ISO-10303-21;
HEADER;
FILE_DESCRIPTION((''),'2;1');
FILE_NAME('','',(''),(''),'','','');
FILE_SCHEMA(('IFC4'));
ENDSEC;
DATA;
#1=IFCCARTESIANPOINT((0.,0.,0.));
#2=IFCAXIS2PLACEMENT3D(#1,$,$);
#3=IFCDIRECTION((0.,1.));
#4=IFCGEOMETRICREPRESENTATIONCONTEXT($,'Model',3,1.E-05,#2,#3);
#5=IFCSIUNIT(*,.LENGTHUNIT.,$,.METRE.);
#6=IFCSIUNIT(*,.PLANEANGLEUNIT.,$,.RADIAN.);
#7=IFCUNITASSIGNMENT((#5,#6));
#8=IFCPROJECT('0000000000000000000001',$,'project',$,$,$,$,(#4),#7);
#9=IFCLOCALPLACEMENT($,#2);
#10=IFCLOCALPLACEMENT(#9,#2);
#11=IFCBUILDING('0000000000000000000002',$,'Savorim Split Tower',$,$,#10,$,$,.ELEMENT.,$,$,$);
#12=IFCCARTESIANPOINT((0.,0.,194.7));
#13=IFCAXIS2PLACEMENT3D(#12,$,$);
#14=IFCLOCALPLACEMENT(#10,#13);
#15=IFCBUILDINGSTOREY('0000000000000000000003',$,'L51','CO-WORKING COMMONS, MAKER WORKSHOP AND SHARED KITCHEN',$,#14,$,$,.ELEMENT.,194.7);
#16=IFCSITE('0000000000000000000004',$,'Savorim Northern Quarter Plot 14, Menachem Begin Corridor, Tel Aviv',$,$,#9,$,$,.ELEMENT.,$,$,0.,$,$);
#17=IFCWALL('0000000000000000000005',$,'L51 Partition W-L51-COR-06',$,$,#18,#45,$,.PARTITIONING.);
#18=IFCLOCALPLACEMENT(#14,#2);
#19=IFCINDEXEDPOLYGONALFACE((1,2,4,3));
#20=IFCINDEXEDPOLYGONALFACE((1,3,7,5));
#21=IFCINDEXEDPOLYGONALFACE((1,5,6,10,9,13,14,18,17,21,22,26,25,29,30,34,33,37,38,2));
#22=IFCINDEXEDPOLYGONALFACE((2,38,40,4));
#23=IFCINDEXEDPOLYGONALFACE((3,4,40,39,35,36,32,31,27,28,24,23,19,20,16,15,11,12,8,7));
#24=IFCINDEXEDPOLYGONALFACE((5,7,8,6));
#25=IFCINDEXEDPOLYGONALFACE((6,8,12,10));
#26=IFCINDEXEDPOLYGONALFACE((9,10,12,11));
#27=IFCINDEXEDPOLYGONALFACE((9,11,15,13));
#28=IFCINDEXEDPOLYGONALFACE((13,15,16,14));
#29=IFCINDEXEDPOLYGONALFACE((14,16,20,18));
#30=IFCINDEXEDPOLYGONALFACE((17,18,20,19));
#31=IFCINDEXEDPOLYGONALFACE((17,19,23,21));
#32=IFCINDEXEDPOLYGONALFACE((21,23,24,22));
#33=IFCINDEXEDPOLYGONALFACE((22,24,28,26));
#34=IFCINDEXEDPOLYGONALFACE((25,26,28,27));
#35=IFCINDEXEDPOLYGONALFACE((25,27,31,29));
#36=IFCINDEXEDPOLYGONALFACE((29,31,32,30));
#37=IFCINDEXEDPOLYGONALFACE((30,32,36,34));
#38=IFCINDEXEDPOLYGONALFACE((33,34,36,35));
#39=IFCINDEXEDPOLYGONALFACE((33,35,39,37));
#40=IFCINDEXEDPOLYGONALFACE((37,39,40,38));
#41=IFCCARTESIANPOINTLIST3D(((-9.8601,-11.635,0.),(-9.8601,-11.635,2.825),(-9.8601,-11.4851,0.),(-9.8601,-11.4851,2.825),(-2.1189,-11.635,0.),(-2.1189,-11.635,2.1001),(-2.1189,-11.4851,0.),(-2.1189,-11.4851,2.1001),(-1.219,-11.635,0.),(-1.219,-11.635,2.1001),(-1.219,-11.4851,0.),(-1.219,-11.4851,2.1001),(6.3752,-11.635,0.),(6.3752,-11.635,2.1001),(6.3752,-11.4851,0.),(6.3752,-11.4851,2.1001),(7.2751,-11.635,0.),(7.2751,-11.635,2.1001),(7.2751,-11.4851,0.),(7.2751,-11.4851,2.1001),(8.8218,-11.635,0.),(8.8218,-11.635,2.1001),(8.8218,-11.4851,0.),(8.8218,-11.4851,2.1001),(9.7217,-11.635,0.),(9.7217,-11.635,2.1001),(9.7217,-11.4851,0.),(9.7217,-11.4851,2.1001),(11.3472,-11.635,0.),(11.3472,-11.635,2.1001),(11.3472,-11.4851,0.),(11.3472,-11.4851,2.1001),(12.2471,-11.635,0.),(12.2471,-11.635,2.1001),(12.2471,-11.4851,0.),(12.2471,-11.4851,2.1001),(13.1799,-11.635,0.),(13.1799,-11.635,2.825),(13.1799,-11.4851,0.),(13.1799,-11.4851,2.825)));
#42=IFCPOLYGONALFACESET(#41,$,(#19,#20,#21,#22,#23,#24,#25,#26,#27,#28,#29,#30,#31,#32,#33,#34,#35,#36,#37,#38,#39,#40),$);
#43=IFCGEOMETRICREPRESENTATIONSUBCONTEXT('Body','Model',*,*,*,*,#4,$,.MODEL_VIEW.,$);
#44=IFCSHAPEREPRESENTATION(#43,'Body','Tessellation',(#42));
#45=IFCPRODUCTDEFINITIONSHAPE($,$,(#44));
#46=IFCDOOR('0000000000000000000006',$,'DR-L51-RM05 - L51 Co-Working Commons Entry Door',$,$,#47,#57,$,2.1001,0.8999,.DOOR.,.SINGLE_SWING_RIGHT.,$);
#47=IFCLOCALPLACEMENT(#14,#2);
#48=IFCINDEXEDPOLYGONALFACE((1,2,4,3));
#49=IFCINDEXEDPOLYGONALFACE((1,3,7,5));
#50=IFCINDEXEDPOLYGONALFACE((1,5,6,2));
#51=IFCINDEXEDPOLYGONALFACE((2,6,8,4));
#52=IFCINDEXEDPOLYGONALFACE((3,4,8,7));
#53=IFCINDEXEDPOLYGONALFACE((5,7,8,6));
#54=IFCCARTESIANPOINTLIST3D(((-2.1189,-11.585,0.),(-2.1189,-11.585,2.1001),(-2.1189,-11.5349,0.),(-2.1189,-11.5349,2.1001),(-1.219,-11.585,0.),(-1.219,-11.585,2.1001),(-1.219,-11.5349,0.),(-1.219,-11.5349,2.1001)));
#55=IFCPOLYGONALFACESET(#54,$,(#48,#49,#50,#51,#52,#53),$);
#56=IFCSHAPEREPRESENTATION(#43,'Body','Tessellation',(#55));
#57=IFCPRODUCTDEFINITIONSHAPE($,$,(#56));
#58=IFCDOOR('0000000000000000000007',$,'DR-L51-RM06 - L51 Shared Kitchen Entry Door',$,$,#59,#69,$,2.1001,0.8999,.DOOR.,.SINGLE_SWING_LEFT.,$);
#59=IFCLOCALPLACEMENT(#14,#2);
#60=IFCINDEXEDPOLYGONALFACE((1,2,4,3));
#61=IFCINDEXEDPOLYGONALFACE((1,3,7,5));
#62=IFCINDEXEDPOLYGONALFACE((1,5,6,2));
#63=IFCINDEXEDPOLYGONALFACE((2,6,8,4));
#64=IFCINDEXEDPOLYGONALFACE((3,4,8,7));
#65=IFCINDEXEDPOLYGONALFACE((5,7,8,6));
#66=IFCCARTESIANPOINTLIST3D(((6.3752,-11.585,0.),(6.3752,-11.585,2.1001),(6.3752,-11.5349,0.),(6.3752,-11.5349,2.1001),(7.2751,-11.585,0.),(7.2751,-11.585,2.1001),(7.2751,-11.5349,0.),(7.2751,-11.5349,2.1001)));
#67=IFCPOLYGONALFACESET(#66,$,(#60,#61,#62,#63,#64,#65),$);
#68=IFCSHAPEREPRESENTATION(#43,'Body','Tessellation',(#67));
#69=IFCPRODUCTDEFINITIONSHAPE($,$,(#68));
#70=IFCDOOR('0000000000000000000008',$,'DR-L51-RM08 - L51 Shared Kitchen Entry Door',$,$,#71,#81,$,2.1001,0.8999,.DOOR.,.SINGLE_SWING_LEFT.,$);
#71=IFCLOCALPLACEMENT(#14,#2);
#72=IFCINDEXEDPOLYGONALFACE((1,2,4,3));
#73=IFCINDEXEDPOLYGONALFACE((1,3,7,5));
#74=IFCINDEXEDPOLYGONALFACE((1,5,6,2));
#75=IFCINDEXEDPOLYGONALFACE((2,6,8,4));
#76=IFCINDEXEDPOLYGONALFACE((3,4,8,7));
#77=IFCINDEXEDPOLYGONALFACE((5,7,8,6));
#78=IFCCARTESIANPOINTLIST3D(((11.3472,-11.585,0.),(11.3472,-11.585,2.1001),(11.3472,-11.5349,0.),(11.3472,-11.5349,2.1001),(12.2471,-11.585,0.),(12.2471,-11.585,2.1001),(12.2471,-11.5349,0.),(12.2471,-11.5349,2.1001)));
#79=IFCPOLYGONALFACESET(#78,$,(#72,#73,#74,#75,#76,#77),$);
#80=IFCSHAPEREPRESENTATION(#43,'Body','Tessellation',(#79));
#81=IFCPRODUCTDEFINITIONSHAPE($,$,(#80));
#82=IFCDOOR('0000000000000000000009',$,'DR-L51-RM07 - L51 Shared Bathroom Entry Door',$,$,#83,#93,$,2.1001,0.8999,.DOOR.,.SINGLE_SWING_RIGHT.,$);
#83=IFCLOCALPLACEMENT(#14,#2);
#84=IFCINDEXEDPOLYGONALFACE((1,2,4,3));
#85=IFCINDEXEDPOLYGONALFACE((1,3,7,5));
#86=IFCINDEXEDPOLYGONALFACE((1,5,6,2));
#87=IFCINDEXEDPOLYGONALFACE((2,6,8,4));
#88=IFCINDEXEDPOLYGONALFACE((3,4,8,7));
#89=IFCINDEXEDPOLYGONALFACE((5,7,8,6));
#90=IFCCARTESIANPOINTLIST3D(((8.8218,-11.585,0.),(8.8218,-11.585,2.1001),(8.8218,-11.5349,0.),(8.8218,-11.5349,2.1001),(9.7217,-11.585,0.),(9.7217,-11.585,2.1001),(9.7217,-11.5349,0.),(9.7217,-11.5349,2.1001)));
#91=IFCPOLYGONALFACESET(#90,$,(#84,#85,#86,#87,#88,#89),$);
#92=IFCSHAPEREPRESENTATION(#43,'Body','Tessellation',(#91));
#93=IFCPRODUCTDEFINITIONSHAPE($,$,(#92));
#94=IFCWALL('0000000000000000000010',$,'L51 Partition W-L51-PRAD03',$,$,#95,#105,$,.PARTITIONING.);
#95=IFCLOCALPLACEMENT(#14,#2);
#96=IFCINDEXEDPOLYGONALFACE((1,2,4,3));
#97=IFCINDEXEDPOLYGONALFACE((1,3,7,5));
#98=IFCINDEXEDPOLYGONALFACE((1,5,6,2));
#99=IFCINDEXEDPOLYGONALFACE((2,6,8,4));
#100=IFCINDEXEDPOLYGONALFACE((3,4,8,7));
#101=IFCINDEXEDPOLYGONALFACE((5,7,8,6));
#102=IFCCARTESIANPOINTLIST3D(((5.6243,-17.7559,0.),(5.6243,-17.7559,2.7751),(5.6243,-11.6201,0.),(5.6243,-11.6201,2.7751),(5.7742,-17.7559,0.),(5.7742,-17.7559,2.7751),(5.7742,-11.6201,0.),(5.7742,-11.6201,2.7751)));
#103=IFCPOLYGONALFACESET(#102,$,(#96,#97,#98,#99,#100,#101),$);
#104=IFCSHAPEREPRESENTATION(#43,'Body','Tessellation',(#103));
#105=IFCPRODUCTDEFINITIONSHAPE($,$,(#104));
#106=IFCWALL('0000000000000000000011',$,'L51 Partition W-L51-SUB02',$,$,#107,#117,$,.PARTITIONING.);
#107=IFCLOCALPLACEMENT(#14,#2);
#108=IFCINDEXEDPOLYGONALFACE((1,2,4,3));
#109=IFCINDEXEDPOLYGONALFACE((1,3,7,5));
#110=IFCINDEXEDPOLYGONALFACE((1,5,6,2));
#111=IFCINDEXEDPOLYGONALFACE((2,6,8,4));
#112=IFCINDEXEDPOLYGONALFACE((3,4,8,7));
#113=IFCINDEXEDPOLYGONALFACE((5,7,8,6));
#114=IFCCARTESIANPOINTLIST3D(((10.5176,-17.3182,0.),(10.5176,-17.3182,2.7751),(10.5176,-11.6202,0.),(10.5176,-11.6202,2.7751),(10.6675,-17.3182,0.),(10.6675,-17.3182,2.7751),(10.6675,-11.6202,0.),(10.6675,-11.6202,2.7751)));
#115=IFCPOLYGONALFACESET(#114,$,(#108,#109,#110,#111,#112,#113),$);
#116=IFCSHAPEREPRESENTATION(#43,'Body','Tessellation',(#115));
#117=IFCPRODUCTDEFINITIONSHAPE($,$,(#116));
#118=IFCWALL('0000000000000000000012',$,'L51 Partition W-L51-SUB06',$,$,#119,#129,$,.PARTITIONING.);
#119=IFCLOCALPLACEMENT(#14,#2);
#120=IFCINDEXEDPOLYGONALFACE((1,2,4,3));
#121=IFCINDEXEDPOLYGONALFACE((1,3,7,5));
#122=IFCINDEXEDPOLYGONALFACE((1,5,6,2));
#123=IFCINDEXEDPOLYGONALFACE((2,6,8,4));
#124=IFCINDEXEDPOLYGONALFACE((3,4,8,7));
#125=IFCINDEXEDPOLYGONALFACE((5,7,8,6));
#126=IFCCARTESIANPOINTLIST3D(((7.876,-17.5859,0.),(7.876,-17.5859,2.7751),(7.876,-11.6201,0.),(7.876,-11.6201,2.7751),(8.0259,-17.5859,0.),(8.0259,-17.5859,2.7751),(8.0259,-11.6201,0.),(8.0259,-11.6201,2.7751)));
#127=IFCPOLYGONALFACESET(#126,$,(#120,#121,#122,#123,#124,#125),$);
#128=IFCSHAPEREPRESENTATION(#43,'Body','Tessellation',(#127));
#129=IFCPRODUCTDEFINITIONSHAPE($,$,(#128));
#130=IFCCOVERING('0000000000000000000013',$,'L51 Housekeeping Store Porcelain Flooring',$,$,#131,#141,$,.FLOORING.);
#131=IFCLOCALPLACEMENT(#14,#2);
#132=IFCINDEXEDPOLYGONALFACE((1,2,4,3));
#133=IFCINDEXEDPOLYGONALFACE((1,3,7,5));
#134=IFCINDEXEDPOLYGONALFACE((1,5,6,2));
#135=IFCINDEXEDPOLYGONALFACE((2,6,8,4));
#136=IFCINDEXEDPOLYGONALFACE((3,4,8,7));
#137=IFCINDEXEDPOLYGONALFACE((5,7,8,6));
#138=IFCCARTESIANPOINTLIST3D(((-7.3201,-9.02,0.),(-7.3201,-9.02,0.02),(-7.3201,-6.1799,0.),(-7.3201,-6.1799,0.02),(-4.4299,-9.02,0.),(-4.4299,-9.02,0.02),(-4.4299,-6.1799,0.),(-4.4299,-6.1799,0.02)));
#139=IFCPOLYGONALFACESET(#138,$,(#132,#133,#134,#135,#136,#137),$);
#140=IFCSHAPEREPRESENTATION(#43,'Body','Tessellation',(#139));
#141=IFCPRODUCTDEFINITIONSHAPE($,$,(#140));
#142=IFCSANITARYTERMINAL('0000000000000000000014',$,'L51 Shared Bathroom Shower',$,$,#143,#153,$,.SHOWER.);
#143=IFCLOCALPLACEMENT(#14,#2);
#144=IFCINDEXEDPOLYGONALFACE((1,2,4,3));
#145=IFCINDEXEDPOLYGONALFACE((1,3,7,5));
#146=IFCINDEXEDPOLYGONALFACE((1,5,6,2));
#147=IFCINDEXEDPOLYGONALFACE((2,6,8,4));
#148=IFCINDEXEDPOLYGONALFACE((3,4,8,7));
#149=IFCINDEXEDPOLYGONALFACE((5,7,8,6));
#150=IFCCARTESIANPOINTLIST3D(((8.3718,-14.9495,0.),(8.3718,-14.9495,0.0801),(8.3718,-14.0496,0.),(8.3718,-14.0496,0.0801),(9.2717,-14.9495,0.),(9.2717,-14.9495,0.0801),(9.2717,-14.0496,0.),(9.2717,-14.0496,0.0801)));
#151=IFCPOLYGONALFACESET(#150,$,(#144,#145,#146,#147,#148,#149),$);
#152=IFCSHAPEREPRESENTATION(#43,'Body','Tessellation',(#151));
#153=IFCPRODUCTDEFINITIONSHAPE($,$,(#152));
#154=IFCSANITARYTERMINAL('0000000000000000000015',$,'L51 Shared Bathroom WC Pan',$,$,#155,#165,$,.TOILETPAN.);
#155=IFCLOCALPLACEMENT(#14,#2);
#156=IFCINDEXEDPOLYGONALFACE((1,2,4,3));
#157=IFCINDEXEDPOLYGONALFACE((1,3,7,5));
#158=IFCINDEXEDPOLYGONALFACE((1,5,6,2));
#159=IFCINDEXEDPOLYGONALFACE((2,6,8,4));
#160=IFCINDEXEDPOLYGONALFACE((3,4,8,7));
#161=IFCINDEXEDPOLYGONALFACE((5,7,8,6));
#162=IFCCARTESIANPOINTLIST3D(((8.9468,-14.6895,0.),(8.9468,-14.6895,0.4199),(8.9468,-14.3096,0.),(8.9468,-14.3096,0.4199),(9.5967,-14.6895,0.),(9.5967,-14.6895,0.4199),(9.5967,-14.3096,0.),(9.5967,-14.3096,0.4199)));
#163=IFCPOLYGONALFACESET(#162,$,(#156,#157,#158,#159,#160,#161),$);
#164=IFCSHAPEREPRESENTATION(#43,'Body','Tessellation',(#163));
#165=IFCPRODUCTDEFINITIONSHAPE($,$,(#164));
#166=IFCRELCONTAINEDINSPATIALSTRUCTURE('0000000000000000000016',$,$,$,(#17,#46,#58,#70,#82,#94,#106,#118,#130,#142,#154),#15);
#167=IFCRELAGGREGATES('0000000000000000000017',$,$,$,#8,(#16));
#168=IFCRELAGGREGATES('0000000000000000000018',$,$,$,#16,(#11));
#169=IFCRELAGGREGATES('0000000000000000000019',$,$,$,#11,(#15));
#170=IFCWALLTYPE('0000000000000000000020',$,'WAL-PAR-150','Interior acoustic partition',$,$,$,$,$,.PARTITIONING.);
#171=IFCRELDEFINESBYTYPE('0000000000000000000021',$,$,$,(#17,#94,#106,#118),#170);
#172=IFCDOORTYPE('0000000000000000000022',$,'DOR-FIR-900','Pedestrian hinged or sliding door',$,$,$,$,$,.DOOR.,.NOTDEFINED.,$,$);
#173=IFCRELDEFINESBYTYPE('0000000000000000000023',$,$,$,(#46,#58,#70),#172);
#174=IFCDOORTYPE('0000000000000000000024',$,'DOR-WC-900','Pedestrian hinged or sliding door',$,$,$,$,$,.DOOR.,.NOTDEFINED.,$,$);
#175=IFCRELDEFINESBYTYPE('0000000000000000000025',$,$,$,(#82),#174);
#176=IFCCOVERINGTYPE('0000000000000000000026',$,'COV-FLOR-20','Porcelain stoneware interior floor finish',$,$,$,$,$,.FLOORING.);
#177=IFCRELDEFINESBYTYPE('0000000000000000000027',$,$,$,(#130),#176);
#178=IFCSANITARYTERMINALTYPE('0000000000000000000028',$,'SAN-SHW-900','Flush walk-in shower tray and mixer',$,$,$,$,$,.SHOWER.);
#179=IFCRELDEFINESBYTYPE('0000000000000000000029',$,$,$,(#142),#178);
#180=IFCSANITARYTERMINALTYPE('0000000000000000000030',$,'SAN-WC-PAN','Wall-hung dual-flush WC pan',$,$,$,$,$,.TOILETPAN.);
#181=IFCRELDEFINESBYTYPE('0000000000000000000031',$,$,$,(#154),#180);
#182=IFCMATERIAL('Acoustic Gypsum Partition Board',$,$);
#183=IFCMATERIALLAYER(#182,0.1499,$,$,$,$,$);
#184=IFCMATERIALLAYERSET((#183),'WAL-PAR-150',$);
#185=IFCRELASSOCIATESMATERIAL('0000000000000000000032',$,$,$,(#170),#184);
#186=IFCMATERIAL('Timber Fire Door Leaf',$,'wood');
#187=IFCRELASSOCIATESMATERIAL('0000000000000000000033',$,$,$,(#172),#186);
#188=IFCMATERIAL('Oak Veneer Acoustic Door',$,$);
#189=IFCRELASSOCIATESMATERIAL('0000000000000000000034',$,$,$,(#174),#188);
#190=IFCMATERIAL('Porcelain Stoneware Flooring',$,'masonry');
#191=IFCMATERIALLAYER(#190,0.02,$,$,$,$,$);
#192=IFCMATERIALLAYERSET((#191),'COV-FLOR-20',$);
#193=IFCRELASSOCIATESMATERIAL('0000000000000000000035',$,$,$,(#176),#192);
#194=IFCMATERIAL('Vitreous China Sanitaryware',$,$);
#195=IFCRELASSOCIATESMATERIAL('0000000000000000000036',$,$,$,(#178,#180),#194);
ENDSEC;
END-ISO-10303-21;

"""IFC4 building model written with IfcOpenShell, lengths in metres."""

from ifc_helpers import new_model, si_unit, direction, frame, frame_2d, origin, origin_2d, place, context, subcontext, project, spatial, polyline, rectangle, outline, extrude, material, layer, layer_set, type_object, element, fill, save


model = new_model("IFC4")

# Units and contexts
model_context = context("Model", 3, precision=1e-05, world=origin(), true_north=direction((0.0, 1.0)))
body_context = subcontext(model_context, "Body", "Model", "MODEL_VIEW")
ifc_project = project(units=[si_unit("LENGTHUNIT", "METRE"), si_unit("PLANEANGLEUNIT", "RADIAN")], contexts=[model_context])

# Site, building, storey
site_placement = place(None, origin())
site = spatial("IfcSite", under=ifc_project, at=site_placement, Name="Savorim Northern Quarter Plot 14, Menachem Begin Corridor, Tel Aviv", CompositionType="ELEMENT", RefElevation=0.0)
building_placement = place(site_placement, origin())
building = spatial("IfcBuilding", under=site, at=building_placement, Name="Savorim Split Tower", CompositionType="ELEMENT")
storey_placement = place(building_placement, frame((0.0, 0.0, 194.7)))
storey = spatial("IfcBuildingStorey", under=building, at=storey_placement, Name="L51", Description="CO-WORKING COMMONS, MAKER WORKSHOP AND SHARED KITCHEN", CompositionType="ELEMENT", Elevation=194.7)

# Shared definitions
ifc_material_1 = material(Name="Timber Fire Door Leaf", Category="wood")

# Shared definitions
ifc_material_2 = material(Name="Acoustic Gypsum Partition Board")
ifc_layer_1 = layer(ifc_material_2, 0.1499)
ifc_layer_set_1 = layer_set([ifc_layer_1], Name="WAL-PAR-150")
wall_type_1 = type_object("IfcWallType", Name="WAL-PAR-150", Description="Interior acoustic partition", PredefinedType="PARTITIONING", material=ifc_layer_set_1)
door_type_1 = type_object("IfcDoorType", Name="DOR-FIR-900", Description="Pedestrian hinged or sliding door", OperationType="NOTDEFINED", PredefinedType="DOOR", material=ifc_material_1)

# Wall, openings, doors
wall_1_placement = place(storey_placement, frame((13.1799, -11.5601, 0.0), z_axis=(0.0, 0.0, 1.0), x_axis=(-1.0, 0.0, 0.0)))
wall_1 = element("IfcWall", 1, at=wall_1_placement, inside=storey, type_object=wall_type_1, Name="L51 Partition W-L51-COR-06", PredefinedType="PARTITIONING", context=body_context, shape_type="SweptSolid", body=[
    extrude(rectangle(XDim=23.04, YDim=0.1499, at=frame_2d((11.52, 0.0))), origin(), (0.0, 0.0, 1.0), 2.825),
])
opening_1_placement = place(wall_1_placement, frame((14.3989, 0.0, 0.0)))
opening_1 = element("IfcOpeningElement", 2, at=opening_1_placement, cuts=wall_1, PredefinedType="OPENING", context=body_context, shape_type="SweptSolid", body=[
    extrude(rectangle(XDim=0.8999, YDim=2.1001, at=frame_2d((0.45, 1.05))), frame((0.0, 0.085, 0.0), z_axis=(0.0, -1.0, 0.0), x_axis=(1.0, 0.0, 0.0)), (0.0, 0.0, 1.0), 0.1699),
])
opening_2_placement = place(wall_1_placement, frame((5.9048, 0.0, 0.0)))
opening_2 = element("IfcOpeningElement", 3, at=opening_2_placement, cuts=wall_1, PredefinedType="OPENING", context=body_context, shape_type="SweptSolid", body=[
    extrude(rectangle(XDim=0.8999, YDim=2.1001, at=frame_2d((0.45, 1.05))), frame((0.0, 0.085, 0.0), z_axis=(0.0, -1.0, 0.0), x_axis=(1.0, 0.0, 0.0)), (0.0, 0.0, 1.0), 0.1699),
])
opening_3_placement = place(wall_1_placement, frame((3.4583, 0.0, 0.0)))
opening_3 = element("IfcOpeningElement", 4, at=opening_3_placement, cuts=wall_1, PredefinedType="OPENING", context=body_context, shape_type="SweptSolid", body=[
    extrude(rectangle(XDim=0.8999, YDim=2.1001, at=frame_2d((0.45, 1.05))), frame((0.0, 0.085, 0.0), z_axis=(0.0, -1.0, 0.0), x_axis=(1.0, 0.0, 0.0)), (0.0, 0.0, 1.0), 0.1699),
])
opening_4_placement = place(wall_1_placement, frame((0.9329, 0.0, 0.0)))
opening_4 = element("IfcOpeningElement", 5, at=opening_4_placement, cuts=wall_1, PredefinedType="OPENING", context=body_context, shape_type="SweptSolid", body=[
    extrude(rectangle(XDim=0.8999, YDim=2.1001, at=frame_2d((0.45, 1.05))), frame((0.0, 0.085, 0.0), z_axis=(0.0, -1.0, 0.0), x_axis=(1.0, 0.0, 0.0)), (0.0, 0.0, 1.0), 0.1699),
])
door_1_placement = place(opening_1_placement, origin())
door_1 = element("IfcDoor", 6, at=door_1_placement, inside=storey, type_object=door_type_1, Name="DR-L51-RM05 - L51 Co-Working Commons Entry Door", OperationType="SINGLE_SWING_RIGHT", OverallHeight=2.1001, OverallWidth=0.8999, PredefinedType="DOOR", context=body_context, shape_type="SweptSolid", body=[
    extrude(rectangle(XDim=0.8999, YDim=2.1001, at=frame_2d((0.45, 1.05))), frame((0.0, 0.0249, 0.0), z_axis=(0.0, -1.0, 0.0), x_axis=(1.0, 0.0, 0.0)), (0.0, 0.0, 1.0), 0.05),
])
fill(opening_1, door_1)
door_2_placement = place(opening_2_placement, origin())
door_2 = element("IfcDoor", 7, at=door_2_placement, inside=storey, type_object=door_type_1, Name="DR-L51-RM06 - L51 Shared Kitchen Entry Door", OperationType="SINGLE_SWING_LEFT", OverallHeight=2.1001, OverallWidth=0.8999, PredefinedType="DOOR", context=body_context, shape_type="SweptSolid", body=[
    extrude(rectangle(XDim=0.8999, YDim=2.1001, at=frame_2d((0.45, 1.05))), frame((0.0, 0.0249, 0.0), z_axis=(0.0, -1.0, 0.0), x_axis=(1.0, 0.0, 0.0)), (0.0, 0.0, 1.0), 0.05),
])
fill(opening_2, door_2)
door_3_placement = place(opening_4_placement, origin())
door_3 = element("IfcDoor", 8, at=door_3_placement, inside=storey, type_object=door_type_1, Name="DR-L51-RM08 - L51 Shared Kitchen Entry Door", OperationType="SINGLE_SWING_LEFT", OverallHeight=2.1001, OverallWidth=0.8999, PredefinedType="DOOR", context=body_context, shape_type="SweptSolid", body=[
    extrude(rectangle(XDim=0.8999, YDim=2.1001, at=frame_2d((0.45, 1.05))), frame((0.0, 0.0249, 0.0), z_axis=(0.0, -1.0, 0.0), x_axis=(1.0, 0.0, 0.0)), (0.0, 0.0, 1.0), 0.05),
])
fill(opening_4, door_3)
ifc_material_3 = material(Name="Oak Veneer Acoustic Door")
door_type_2 = type_object("IfcDoorType", Name="DOR-WC-900", Description="Pedestrian hinged or sliding door", OperationType="NOTDEFINED", PredefinedType="DOOR", material=ifc_material_3)
door_4_placement = place(opening_3_placement, origin())
door_4 = element("IfcDoor", 9, at=door_4_placement, inside=storey, type_object=door_type_2, Name="DR-L51-RM07 - L51 Shared Bathroom Entry Door", OperationType="SINGLE_SWING_RIGHT", OverallHeight=2.1001, OverallWidth=0.8999, PredefinedType="DOOR", context=body_context, shape_type="SweptSolid", body=[
    extrude(rectangle(XDim=0.8999, YDim=2.1001, at=frame_2d((0.45, 1.05))), frame((0.0, 0.0249, 0.0), z_axis=(0.0, -1.0, 0.0), x_axis=(1.0, 0.0, 0.0)), (0.0, 0.0, 1.0), 0.05),
])
fill(opening_3, door_4)

# Walls
wall_2_placement = place(storey_placement, frame((5.6992, -11.6201, 0.0), z_axis=(0.0, 0.0, 1.0), x_axis=(0.0, -1.0, 0.0)))
element("IfcWall", 10, at=wall_2_placement, inside=storey, type_object=wall_type_1, Name="L51 Partition W-L51-PRAD03", PredefinedType="PARTITIONING", context=body_context, shape_type="SweptSolid", body=[
    extrude(rectangle(XDim=6.1357, YDim=0.1499, at=frame_2d((3.0679, 0.0))), origin(), (0.0, 0.0, 1.0), 2.7751),
])
wall_3_placement = place(storey_placement, frame((10.5925, -11.6201, 0.0), z_axis=(0.0, 0.0, 1.0), x_axis=(0.0, -1.0, 0.0)))
element("IfcWall", 11, at=wall_3_placement, inside=storey, type_object=wall_type_1, Name="L51 Partition W-L51-SUB02", PredefinedType="PARTITIONING", context=body_context, shape_type="SweptSolid", body=[
    extrude(rectangle(XDim=5.698, YDim=0.1499, at=frame_2d((2.8491, 0.0))), origin(), (0.0, 0.0, 1.0), 2.7751),
])
wall_4_placement = place(storey_placement, frame((7.9509, -11.6201, 0.0), z_axis=(0.0, 0.0, 1.0), x_axis=(0.0, -1.0, 0.0)))
element("IfcWall", 12, at=wall_4_placement, inside=storey, type_object=wall_type_1, Name="L51 Partition W-L51-SUB06", PredefinedType="PARTITIONING", context=body_context, shape_type="SweptSolid", body=[
    extrude(rectangle(XDim=5.9658, YDim=0.1499, at=frame_2d((2.9829, 0.0))), origin(), (0.0, 0.0, 1.0), 2.7751),
])

# Covering
ifc_material_4 = material(Name="Porcelain Stoneware Flooring", Category="masonry")
ifc_layer_2 = layer(ifc_material_4, 0.02)
ifc_layer_set_2 = layer_set([ifc_layer_2], Name="COV-FLOR-20")
covering_type = type_object("IfcCoveringType", Name="COV-FLOR-20", Description="Porcelain stoneware interior floor finish", PredefinedType="FLOORING", material=ifc_layer_set_2)
covering_placement = place(storey_placement, origin())
element("IfcCovering", 13, at=covering_placement, inside=storey, type_object=covering_type, Name="L51 Housekeeping Store Porcelain Flooring", PredefinedType="FLOORING", context=body_context, shape_type="SweptSolid", body=[
    extrude(outline(polyline([(-7.3201, -6.1799), (-7.3201, -9.02), (-4.4299, -9.02), (-4.4299, -6.1799), (-7.3201, -6.1799)])), origin(), (0.0, 0.0, 1.0), 0.02),
])

# Sanitary terminals
ifc_material_5 = material(Name="Vitreous China Sanitaryware")
sanitary_terminal_type_1 = type_object("IfcSanitaryTerminalType", Name="SAN-SHW-900", Description="Flush walk-in shower tray and mixer", PredefinedType="SHOWER", material=ifc_material_5)
sanitary_terminal_1_placement = place(storey_placement, frame((8.8218, -14.4995, 0.0), z_axis=(0.0, 0.0, 1.0), x_axis=(1.0, 0.0, 0.0)))
element("IfcSanitaryTerminal", 14, at=sanitary_terminal_1_placement, inside=storey, type_object=sanitary_terminal_type_1, Name="L51 Shared Bathroom Shower", PredefinedType="SHOWER", context=body_context, shape_type="SweptSolid", body=[
    extrude(rectangle(XDim=0.8999, YDim=0.8999, at=origin_2d()), origin(), (0.0, 0.0, 1.0), 0.0801),
])
sanitary_terminal_type_2 = type_object("IfcSanitaryTerminalType", Name="SAN-WC-PAN", Description="Wall-hung dual-flush WC pan", PredefinedType="TOILETPAN", material=ifc_material_5)
sanitary_terminal_2_placement = place(storey_placement, frame((9.2717, -14.4995, 0.0), z_axis=(0.0, 0.0, 1.0), x_axis=(1.0, 0.0, 0.0)))
element("IfcSanitaryTerminal", 15, at=sanitary_terminal_2_placement, inside=storey, type_object=sanitary_terminal_type_2, Name="L51 Shared Bathroom WC Pan", PredefinedType="TOILETPAN", context=body_context, shape_type="SweptSolid", body=[
    extrude(rectangle(XDim=0.6499, YDim=0.3799, at=origin_2d()), origin(), (0.0, 0.0, 1.0), 0.4199),
])

save(model, "model.ifc")
